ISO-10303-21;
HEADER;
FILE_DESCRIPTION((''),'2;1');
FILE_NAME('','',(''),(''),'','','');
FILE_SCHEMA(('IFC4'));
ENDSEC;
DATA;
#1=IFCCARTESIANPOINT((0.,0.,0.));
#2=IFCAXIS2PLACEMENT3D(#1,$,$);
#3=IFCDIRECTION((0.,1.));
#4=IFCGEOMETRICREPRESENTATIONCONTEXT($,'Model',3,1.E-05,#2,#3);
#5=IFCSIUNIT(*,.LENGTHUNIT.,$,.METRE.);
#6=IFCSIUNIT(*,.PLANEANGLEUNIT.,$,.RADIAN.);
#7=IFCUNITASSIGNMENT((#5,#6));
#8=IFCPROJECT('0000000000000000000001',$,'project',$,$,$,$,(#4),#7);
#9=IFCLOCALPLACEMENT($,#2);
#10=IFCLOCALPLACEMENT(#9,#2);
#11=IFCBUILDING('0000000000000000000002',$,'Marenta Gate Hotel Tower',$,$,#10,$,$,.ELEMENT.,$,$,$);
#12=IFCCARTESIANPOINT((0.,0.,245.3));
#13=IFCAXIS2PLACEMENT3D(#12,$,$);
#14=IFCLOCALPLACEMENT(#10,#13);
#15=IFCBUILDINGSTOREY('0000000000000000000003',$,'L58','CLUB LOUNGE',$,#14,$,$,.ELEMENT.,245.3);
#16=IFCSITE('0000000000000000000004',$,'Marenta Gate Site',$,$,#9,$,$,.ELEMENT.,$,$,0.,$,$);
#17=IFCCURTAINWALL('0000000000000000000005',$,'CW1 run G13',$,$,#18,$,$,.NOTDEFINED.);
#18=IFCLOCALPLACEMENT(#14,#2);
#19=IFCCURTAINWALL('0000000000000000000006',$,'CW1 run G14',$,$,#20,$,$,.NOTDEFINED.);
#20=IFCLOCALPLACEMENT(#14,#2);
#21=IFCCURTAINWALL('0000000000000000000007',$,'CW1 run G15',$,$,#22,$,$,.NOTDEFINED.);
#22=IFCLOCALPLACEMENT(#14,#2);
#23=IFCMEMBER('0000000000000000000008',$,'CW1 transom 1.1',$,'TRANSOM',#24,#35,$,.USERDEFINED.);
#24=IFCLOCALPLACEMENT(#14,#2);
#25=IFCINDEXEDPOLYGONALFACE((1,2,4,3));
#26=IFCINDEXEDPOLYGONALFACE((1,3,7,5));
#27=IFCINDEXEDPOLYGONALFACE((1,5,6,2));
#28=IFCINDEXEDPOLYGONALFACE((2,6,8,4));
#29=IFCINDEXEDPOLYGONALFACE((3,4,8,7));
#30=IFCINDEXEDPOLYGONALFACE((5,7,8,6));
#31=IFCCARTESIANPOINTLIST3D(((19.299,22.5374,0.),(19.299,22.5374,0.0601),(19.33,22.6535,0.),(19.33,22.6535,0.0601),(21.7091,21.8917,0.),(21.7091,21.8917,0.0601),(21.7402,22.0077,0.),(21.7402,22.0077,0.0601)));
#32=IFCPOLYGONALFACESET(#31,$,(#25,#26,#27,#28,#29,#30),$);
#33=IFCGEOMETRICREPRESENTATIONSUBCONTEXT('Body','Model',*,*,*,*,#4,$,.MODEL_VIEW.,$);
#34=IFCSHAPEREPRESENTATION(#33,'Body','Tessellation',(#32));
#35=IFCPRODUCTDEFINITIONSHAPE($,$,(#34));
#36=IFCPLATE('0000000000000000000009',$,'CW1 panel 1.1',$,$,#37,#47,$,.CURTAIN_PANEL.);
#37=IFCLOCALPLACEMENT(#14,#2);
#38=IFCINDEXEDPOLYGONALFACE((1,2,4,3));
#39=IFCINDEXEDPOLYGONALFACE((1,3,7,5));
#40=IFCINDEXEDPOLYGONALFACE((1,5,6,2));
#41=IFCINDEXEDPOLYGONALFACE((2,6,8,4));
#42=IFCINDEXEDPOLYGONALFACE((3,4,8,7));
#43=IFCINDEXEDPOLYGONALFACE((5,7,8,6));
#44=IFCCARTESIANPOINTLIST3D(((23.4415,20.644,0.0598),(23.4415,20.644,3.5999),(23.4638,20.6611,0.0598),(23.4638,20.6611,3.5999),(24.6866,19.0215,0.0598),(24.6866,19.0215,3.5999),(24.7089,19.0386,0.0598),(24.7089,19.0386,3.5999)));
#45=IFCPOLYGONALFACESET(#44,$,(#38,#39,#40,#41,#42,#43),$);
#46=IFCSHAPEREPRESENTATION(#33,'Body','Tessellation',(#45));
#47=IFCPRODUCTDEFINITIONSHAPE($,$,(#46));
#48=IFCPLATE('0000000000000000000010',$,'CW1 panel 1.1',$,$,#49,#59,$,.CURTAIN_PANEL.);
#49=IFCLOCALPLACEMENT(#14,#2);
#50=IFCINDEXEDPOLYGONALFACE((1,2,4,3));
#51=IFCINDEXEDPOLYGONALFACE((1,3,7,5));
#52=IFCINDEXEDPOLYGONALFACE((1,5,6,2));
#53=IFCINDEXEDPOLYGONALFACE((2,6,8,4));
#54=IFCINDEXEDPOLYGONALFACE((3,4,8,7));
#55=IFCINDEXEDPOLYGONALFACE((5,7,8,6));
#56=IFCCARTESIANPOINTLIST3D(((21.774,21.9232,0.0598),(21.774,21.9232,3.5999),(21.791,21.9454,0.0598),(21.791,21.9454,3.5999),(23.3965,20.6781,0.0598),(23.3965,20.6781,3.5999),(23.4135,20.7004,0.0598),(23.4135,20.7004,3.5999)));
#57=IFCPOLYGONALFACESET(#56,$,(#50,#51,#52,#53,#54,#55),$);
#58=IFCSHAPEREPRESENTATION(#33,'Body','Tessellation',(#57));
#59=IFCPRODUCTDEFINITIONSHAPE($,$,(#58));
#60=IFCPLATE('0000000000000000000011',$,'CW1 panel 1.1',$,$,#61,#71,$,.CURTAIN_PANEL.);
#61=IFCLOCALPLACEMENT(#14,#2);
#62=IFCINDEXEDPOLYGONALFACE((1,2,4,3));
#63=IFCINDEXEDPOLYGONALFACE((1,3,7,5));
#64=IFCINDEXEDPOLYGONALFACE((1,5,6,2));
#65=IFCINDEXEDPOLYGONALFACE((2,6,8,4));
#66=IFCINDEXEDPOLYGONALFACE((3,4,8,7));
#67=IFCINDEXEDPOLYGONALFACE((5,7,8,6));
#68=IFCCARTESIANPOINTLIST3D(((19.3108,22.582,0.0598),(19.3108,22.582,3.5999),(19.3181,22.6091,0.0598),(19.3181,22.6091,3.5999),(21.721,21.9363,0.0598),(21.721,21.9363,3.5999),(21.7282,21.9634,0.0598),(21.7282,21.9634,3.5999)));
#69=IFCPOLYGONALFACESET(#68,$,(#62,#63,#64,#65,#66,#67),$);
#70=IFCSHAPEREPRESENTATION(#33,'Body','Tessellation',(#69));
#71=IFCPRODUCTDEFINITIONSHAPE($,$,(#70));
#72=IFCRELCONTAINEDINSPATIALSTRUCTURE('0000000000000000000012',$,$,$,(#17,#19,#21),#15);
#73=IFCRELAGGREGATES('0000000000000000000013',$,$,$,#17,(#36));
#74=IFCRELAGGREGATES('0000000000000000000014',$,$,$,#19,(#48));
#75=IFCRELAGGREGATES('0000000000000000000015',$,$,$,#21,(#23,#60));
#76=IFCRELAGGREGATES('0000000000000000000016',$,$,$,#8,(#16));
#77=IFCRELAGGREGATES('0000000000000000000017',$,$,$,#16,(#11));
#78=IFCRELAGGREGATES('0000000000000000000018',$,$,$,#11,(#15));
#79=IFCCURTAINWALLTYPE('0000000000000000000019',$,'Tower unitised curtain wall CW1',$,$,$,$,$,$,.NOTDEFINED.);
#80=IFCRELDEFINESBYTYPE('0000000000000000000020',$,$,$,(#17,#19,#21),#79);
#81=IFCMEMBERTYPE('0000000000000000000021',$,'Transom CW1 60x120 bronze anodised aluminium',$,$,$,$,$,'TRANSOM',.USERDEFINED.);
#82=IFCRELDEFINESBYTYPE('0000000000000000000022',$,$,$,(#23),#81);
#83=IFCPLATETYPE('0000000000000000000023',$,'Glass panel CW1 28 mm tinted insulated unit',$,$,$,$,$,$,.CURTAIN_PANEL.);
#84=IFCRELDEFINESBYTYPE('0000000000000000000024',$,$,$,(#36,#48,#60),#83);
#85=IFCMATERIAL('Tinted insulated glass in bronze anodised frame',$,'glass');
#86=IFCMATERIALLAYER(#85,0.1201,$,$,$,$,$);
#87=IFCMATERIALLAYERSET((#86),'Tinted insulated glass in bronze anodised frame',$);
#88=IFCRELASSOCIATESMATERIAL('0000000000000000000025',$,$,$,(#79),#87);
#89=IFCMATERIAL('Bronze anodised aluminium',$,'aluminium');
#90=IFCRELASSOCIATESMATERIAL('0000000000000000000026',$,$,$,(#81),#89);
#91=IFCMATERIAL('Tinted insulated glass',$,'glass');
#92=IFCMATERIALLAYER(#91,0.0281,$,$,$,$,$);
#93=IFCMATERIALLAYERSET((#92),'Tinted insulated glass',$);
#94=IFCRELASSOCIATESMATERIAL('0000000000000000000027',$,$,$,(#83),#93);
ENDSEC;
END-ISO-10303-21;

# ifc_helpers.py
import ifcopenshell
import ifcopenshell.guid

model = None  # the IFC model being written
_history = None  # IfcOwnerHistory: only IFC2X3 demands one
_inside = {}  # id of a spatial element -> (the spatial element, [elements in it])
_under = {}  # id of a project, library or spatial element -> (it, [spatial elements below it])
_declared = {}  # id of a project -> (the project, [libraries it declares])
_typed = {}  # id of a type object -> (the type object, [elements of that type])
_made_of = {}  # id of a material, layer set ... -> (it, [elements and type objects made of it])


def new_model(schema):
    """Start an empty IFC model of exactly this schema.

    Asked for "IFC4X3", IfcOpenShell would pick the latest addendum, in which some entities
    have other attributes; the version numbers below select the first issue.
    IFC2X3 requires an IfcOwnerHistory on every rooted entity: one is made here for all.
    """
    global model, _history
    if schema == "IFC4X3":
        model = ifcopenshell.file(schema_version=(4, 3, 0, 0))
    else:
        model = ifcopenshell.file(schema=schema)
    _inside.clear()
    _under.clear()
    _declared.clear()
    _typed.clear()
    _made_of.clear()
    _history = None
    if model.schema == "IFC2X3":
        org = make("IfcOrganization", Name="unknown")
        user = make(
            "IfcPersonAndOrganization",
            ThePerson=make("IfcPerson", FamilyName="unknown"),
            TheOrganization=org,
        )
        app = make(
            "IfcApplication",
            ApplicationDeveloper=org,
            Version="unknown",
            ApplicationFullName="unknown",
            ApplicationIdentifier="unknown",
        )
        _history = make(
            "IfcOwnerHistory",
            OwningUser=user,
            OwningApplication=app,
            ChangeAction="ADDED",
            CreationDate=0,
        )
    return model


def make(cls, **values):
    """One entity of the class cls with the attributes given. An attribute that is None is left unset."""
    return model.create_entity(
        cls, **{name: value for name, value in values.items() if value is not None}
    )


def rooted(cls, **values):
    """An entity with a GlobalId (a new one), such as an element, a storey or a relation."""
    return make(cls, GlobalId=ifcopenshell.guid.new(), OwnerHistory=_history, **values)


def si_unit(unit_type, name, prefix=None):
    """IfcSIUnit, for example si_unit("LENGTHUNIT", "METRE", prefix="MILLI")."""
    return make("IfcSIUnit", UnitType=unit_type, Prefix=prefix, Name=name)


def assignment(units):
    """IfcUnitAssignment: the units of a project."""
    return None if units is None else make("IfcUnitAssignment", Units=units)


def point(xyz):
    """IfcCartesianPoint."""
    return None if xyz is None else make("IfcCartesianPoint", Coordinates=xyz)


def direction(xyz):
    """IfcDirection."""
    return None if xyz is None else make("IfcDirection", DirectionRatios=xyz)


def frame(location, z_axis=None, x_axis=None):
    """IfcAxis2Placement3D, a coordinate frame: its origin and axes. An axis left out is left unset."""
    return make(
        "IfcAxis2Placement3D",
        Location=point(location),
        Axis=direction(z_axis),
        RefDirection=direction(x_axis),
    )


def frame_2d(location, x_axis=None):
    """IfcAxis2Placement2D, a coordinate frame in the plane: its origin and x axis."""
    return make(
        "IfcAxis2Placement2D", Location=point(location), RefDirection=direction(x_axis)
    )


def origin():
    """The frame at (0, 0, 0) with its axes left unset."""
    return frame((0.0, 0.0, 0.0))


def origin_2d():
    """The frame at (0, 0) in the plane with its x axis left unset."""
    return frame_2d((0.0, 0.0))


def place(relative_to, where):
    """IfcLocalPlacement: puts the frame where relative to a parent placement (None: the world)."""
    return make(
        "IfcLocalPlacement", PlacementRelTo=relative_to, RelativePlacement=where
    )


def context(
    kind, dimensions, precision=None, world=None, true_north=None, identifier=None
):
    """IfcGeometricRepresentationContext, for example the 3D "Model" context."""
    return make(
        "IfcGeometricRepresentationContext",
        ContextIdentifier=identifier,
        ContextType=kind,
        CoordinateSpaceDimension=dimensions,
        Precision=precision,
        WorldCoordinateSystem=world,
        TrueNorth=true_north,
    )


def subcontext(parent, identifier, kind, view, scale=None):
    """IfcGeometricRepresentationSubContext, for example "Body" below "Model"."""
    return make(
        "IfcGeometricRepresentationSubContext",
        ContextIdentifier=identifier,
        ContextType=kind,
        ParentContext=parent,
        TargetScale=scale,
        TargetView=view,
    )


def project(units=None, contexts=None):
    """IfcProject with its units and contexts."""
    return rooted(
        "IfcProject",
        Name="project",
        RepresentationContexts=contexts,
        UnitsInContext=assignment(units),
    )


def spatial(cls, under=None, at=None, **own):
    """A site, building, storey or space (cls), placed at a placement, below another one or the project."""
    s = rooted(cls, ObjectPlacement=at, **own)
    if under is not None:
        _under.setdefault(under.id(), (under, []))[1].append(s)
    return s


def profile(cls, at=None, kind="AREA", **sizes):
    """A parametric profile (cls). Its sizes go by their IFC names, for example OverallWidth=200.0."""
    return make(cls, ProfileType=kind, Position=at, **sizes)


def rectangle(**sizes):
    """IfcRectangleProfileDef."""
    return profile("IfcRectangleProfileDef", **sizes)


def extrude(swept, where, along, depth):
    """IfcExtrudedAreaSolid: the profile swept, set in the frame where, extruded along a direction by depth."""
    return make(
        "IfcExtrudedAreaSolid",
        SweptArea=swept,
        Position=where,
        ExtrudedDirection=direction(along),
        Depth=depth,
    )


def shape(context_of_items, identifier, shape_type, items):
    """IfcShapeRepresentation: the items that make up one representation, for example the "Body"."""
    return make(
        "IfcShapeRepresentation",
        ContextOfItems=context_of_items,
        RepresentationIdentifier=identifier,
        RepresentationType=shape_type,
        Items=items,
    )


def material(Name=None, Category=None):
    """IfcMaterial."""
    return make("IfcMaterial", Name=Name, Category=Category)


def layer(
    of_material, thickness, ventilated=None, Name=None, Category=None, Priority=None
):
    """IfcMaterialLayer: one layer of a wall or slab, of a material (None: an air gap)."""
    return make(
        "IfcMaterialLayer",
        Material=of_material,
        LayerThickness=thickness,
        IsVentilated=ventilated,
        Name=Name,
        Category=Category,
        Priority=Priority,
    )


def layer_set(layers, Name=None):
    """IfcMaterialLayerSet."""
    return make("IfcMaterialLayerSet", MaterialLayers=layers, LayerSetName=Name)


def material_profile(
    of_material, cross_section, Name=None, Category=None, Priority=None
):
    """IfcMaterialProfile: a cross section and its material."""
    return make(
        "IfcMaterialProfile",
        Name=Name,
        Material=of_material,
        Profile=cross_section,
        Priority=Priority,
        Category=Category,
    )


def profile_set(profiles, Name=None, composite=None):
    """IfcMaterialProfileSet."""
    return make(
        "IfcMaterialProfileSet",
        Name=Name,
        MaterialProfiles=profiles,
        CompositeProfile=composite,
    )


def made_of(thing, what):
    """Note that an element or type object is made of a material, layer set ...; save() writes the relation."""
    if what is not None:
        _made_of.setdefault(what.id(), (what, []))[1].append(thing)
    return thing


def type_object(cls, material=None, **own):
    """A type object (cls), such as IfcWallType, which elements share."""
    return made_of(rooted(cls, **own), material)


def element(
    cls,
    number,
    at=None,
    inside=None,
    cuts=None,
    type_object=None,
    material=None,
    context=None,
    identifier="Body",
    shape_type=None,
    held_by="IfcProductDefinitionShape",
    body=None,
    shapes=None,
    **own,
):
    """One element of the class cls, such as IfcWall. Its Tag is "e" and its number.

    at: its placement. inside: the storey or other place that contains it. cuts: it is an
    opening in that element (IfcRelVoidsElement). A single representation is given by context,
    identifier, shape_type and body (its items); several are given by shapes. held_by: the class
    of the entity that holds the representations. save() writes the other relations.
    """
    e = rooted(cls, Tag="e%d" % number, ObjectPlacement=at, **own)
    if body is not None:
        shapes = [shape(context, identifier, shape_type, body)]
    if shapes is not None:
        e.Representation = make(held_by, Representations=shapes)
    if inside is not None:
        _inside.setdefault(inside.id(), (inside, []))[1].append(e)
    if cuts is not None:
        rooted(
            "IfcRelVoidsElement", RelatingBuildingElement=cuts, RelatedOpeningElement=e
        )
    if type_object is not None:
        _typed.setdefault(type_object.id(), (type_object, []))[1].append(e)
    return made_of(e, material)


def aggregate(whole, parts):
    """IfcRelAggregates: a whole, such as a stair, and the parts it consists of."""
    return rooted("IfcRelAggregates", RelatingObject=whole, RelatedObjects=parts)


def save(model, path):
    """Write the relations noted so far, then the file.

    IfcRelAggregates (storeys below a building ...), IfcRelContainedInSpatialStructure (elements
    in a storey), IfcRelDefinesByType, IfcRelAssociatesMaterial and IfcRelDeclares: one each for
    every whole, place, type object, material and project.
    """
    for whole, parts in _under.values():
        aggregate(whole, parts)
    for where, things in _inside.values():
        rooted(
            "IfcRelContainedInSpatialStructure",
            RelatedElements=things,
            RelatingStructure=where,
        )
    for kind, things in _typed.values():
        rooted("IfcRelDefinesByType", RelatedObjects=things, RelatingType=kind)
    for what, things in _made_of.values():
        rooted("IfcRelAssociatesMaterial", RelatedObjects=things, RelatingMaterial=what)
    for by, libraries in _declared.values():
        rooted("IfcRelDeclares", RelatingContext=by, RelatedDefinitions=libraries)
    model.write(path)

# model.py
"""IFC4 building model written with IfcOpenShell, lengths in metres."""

from ifc_helpers import new_model, si_unit, direction, frame, origin, origin_2d, place, context, subcontext, project, spatial, rectangle, extrude, material, layer, layer_set, material_profile, profile_set, type_object, element, aggregate, save


model = new_model("IFC4")

# Units and contexts
model_context = context("Model", 3, precision=1e-05, world=origin(), true_north=direction((0.0, 1.0)))
body_context = subcontext(model_context, "Body", "Model", "MODEL_VIEW")
ifc_project = project(units=[si_unit("LENGTHUNIT", "METRE"), si_unit("PLANEANGLEUNIT", "RADIAN")], contexts=[model_context])

# Site, building, storey
site_placement = place(None, origin())
site = spatial("IfcSite", under=ifc_project, at=site_placement, Name="Marenta Gate Site", CompositionType="ELEMENT", RefElevation=0.0)
building_placement = place(site_placement, origin())
building = spatial("IfcBuilding", under=site, at=building_placement, Name="Marenta Gate Hotel Tower", CompositionType="ELEMENT")
storey_placement = place(building_placement, frame((0.0, 0.0, 245.3)))
storey = spatial("IfcBuildingStorey", under=building, at=storey_placement, Name="L58", Description="CLUB LOUNGE", CompositionType="ELEMENT", Elevation=245.3)

# Curtain walls
ifc_material_1 = material(Name="Tinted insulated glass in bronze anodised frame", Category="glass")
ifc_layer_1 = layer(ifc_material_1, 0.1201)
ifc_layer_set_1 = layer_set([ifc_layer_1], Name="Tinted insulated glass in bronze anodised frame")
curtain_wall_type = type_object("IfcCurtainWallType", Name="Tower unitised curtain wall CW1", PredefinedType="NOTDEFINED", material=ifc_layer_set_1)
curtain_wall_1_placement = place(storey_placement, origin())
curtain_wall_1 = element("IfcCurtainWall", 1, at=curtain_wall_1_placement, inside=storey, type_object=curtain_wall_type, Name="CW1 run G13", PredefinedType="NOTDEFINED")
curtain_wall_2_placement = place(storey_placement, origin())
curtain_wall_2 = element("IfcCurtainWall", 2, at=curtain_wall_2_placement, inside=storey, type_object=curtain_wall_type, Name="CW1 run G14", PredefinedType="NOTDEFINED")

# Curtain wall
curtain_wall_3_placement = place(storey_placement, origin())
curtain_wall_3 = element("IfcCurtainWall", 3, at=curtain_wall_3_placement, inside=storey, type_object=curtain_wall_type, Name="CW1 run G15", PredefinedType="NOTDEFINED")

# Member
ifc_material_2 = material(Name="Bronze anodised aluminium", Category="aluminium")
ifc_material_profile_1 = material_profile(ifc_material_2, rectangle(XDim=0.1201, YDim=0.0601, at=origin_2d()), Name="Transom CW1 60x120 bronze anodised aluminium")
ifc_profile_set_1 = profile_set([ifc_material_profile_1], Name="Bronze anodised aluminium")
member_type_1 = type_object("IfcMemberType", Name="Transom CW1 60x120 bronze anodised aluminium", ElementType="TRANSOM", PredefinedType="USERDEFINED", material=ifc_profile_set_1)
member_1_placement = place(storey_placement, frame((21.7246, 21.9497, 0.03), z_axis=(-0.965931, 0.258801, 0.0), x_axis=(-0.258801, -0.965931, 0.0)))
member_1 = element("IfcMember", 4, at=member_1_placement, type_object=member_type_1, Name="CW1 transom 1.1", ObjectType="TRANSOM", PredefinedType="USERDEFINED", context=body_context, shape_type="SweptSolid", body=[
    extrude(rectangle(XDim=0.1201, YDim=0.0601, at=origin_2d()), origin(), (0.0, 0.0, 1.0), 2.4951),
])

# Plates
ifc_material_3 = material(Name="Tinted insulated glass", Category="glass")
ifc_layer_2 = layer(ifc_material_3, 0.0281)
ifc_layer_set_2 = layer_set([ifc_layer_2], Name="Tinted insulated glass")
plate_type = type_object("IfcPlateType", Name="Glass panel CW1 28 mm tinted insulated unit", PredefinedType="CURTAIN_PANEL", material=ifc_layer_set_2)
plate_1_placement = place(storey_placement, frame((24.0752, 19.8413, 0.0598), z_axis=(0.0, 0.0, 1.0), x_axis=(-0.608787, 0.793333, 0.0)))
plate_1 = element("IfcPlate", 5, at=plate_1_placement, type_object=plate_type, Name="CW1 panel 1.1", PredefinedType="CURTAIN_PANEL", context=body_context, shape_type="SweptSolid", body=[
    extrude(rectangle(XDim=2.0452, YDim=0.0281, at=origin_2d()), origin(), (0.0, 0.0, 1.0), 3.54),
])
aggregate(curtain_wall_1, [plate_1])
plate_2_placement = place(storey_placement, frame((22.5938, 21.3118, 0.0598), z_axis=(0.0, 0.0, 1.0), x_axis=(-0.793333, 0.608787, 0.0)))
plate_2 = element("IfcPlate", 6, at=plate_2_placement, type_object=plate_type, Name="CW1 panel 1.1", PredefinedType="CURTAIN_PANEL", context=body_context, shape_type="SweptSolid", body=[
    extrude(rectangle(XDim=2.0452, YDim=0.0281, at=origin_2d()), origin(), (0.0, 0.0, 1.0), 3.54),
])
aggregate(curtain_wall_2, [plate_2])
plate_3_placement = place(storey_placement, frame((20.5195, 22.2727, 0.0598), z_axis=(0.0, 0.0, 1.0), x_axis=(-0.96593, 0.258805, 0.0)))
plate_3 = element("IfcPlate", 7, at=plate_3_placement, type_object=plate_type, Name="CW1 panel 1.1", PredefinedType="CURTAIN_PANEL", context=body_context, shape_type="SweptSolid", body=[
    extrude(rectangle(XDim=2.4951, YDim=0.0281, at=origin_2d()), origin(), (0.0, 0.0, 1.0), 3.54),
])
aggregate(curtain_wall_3, [member_1, plate_3])

save(model, "model.ifc")
